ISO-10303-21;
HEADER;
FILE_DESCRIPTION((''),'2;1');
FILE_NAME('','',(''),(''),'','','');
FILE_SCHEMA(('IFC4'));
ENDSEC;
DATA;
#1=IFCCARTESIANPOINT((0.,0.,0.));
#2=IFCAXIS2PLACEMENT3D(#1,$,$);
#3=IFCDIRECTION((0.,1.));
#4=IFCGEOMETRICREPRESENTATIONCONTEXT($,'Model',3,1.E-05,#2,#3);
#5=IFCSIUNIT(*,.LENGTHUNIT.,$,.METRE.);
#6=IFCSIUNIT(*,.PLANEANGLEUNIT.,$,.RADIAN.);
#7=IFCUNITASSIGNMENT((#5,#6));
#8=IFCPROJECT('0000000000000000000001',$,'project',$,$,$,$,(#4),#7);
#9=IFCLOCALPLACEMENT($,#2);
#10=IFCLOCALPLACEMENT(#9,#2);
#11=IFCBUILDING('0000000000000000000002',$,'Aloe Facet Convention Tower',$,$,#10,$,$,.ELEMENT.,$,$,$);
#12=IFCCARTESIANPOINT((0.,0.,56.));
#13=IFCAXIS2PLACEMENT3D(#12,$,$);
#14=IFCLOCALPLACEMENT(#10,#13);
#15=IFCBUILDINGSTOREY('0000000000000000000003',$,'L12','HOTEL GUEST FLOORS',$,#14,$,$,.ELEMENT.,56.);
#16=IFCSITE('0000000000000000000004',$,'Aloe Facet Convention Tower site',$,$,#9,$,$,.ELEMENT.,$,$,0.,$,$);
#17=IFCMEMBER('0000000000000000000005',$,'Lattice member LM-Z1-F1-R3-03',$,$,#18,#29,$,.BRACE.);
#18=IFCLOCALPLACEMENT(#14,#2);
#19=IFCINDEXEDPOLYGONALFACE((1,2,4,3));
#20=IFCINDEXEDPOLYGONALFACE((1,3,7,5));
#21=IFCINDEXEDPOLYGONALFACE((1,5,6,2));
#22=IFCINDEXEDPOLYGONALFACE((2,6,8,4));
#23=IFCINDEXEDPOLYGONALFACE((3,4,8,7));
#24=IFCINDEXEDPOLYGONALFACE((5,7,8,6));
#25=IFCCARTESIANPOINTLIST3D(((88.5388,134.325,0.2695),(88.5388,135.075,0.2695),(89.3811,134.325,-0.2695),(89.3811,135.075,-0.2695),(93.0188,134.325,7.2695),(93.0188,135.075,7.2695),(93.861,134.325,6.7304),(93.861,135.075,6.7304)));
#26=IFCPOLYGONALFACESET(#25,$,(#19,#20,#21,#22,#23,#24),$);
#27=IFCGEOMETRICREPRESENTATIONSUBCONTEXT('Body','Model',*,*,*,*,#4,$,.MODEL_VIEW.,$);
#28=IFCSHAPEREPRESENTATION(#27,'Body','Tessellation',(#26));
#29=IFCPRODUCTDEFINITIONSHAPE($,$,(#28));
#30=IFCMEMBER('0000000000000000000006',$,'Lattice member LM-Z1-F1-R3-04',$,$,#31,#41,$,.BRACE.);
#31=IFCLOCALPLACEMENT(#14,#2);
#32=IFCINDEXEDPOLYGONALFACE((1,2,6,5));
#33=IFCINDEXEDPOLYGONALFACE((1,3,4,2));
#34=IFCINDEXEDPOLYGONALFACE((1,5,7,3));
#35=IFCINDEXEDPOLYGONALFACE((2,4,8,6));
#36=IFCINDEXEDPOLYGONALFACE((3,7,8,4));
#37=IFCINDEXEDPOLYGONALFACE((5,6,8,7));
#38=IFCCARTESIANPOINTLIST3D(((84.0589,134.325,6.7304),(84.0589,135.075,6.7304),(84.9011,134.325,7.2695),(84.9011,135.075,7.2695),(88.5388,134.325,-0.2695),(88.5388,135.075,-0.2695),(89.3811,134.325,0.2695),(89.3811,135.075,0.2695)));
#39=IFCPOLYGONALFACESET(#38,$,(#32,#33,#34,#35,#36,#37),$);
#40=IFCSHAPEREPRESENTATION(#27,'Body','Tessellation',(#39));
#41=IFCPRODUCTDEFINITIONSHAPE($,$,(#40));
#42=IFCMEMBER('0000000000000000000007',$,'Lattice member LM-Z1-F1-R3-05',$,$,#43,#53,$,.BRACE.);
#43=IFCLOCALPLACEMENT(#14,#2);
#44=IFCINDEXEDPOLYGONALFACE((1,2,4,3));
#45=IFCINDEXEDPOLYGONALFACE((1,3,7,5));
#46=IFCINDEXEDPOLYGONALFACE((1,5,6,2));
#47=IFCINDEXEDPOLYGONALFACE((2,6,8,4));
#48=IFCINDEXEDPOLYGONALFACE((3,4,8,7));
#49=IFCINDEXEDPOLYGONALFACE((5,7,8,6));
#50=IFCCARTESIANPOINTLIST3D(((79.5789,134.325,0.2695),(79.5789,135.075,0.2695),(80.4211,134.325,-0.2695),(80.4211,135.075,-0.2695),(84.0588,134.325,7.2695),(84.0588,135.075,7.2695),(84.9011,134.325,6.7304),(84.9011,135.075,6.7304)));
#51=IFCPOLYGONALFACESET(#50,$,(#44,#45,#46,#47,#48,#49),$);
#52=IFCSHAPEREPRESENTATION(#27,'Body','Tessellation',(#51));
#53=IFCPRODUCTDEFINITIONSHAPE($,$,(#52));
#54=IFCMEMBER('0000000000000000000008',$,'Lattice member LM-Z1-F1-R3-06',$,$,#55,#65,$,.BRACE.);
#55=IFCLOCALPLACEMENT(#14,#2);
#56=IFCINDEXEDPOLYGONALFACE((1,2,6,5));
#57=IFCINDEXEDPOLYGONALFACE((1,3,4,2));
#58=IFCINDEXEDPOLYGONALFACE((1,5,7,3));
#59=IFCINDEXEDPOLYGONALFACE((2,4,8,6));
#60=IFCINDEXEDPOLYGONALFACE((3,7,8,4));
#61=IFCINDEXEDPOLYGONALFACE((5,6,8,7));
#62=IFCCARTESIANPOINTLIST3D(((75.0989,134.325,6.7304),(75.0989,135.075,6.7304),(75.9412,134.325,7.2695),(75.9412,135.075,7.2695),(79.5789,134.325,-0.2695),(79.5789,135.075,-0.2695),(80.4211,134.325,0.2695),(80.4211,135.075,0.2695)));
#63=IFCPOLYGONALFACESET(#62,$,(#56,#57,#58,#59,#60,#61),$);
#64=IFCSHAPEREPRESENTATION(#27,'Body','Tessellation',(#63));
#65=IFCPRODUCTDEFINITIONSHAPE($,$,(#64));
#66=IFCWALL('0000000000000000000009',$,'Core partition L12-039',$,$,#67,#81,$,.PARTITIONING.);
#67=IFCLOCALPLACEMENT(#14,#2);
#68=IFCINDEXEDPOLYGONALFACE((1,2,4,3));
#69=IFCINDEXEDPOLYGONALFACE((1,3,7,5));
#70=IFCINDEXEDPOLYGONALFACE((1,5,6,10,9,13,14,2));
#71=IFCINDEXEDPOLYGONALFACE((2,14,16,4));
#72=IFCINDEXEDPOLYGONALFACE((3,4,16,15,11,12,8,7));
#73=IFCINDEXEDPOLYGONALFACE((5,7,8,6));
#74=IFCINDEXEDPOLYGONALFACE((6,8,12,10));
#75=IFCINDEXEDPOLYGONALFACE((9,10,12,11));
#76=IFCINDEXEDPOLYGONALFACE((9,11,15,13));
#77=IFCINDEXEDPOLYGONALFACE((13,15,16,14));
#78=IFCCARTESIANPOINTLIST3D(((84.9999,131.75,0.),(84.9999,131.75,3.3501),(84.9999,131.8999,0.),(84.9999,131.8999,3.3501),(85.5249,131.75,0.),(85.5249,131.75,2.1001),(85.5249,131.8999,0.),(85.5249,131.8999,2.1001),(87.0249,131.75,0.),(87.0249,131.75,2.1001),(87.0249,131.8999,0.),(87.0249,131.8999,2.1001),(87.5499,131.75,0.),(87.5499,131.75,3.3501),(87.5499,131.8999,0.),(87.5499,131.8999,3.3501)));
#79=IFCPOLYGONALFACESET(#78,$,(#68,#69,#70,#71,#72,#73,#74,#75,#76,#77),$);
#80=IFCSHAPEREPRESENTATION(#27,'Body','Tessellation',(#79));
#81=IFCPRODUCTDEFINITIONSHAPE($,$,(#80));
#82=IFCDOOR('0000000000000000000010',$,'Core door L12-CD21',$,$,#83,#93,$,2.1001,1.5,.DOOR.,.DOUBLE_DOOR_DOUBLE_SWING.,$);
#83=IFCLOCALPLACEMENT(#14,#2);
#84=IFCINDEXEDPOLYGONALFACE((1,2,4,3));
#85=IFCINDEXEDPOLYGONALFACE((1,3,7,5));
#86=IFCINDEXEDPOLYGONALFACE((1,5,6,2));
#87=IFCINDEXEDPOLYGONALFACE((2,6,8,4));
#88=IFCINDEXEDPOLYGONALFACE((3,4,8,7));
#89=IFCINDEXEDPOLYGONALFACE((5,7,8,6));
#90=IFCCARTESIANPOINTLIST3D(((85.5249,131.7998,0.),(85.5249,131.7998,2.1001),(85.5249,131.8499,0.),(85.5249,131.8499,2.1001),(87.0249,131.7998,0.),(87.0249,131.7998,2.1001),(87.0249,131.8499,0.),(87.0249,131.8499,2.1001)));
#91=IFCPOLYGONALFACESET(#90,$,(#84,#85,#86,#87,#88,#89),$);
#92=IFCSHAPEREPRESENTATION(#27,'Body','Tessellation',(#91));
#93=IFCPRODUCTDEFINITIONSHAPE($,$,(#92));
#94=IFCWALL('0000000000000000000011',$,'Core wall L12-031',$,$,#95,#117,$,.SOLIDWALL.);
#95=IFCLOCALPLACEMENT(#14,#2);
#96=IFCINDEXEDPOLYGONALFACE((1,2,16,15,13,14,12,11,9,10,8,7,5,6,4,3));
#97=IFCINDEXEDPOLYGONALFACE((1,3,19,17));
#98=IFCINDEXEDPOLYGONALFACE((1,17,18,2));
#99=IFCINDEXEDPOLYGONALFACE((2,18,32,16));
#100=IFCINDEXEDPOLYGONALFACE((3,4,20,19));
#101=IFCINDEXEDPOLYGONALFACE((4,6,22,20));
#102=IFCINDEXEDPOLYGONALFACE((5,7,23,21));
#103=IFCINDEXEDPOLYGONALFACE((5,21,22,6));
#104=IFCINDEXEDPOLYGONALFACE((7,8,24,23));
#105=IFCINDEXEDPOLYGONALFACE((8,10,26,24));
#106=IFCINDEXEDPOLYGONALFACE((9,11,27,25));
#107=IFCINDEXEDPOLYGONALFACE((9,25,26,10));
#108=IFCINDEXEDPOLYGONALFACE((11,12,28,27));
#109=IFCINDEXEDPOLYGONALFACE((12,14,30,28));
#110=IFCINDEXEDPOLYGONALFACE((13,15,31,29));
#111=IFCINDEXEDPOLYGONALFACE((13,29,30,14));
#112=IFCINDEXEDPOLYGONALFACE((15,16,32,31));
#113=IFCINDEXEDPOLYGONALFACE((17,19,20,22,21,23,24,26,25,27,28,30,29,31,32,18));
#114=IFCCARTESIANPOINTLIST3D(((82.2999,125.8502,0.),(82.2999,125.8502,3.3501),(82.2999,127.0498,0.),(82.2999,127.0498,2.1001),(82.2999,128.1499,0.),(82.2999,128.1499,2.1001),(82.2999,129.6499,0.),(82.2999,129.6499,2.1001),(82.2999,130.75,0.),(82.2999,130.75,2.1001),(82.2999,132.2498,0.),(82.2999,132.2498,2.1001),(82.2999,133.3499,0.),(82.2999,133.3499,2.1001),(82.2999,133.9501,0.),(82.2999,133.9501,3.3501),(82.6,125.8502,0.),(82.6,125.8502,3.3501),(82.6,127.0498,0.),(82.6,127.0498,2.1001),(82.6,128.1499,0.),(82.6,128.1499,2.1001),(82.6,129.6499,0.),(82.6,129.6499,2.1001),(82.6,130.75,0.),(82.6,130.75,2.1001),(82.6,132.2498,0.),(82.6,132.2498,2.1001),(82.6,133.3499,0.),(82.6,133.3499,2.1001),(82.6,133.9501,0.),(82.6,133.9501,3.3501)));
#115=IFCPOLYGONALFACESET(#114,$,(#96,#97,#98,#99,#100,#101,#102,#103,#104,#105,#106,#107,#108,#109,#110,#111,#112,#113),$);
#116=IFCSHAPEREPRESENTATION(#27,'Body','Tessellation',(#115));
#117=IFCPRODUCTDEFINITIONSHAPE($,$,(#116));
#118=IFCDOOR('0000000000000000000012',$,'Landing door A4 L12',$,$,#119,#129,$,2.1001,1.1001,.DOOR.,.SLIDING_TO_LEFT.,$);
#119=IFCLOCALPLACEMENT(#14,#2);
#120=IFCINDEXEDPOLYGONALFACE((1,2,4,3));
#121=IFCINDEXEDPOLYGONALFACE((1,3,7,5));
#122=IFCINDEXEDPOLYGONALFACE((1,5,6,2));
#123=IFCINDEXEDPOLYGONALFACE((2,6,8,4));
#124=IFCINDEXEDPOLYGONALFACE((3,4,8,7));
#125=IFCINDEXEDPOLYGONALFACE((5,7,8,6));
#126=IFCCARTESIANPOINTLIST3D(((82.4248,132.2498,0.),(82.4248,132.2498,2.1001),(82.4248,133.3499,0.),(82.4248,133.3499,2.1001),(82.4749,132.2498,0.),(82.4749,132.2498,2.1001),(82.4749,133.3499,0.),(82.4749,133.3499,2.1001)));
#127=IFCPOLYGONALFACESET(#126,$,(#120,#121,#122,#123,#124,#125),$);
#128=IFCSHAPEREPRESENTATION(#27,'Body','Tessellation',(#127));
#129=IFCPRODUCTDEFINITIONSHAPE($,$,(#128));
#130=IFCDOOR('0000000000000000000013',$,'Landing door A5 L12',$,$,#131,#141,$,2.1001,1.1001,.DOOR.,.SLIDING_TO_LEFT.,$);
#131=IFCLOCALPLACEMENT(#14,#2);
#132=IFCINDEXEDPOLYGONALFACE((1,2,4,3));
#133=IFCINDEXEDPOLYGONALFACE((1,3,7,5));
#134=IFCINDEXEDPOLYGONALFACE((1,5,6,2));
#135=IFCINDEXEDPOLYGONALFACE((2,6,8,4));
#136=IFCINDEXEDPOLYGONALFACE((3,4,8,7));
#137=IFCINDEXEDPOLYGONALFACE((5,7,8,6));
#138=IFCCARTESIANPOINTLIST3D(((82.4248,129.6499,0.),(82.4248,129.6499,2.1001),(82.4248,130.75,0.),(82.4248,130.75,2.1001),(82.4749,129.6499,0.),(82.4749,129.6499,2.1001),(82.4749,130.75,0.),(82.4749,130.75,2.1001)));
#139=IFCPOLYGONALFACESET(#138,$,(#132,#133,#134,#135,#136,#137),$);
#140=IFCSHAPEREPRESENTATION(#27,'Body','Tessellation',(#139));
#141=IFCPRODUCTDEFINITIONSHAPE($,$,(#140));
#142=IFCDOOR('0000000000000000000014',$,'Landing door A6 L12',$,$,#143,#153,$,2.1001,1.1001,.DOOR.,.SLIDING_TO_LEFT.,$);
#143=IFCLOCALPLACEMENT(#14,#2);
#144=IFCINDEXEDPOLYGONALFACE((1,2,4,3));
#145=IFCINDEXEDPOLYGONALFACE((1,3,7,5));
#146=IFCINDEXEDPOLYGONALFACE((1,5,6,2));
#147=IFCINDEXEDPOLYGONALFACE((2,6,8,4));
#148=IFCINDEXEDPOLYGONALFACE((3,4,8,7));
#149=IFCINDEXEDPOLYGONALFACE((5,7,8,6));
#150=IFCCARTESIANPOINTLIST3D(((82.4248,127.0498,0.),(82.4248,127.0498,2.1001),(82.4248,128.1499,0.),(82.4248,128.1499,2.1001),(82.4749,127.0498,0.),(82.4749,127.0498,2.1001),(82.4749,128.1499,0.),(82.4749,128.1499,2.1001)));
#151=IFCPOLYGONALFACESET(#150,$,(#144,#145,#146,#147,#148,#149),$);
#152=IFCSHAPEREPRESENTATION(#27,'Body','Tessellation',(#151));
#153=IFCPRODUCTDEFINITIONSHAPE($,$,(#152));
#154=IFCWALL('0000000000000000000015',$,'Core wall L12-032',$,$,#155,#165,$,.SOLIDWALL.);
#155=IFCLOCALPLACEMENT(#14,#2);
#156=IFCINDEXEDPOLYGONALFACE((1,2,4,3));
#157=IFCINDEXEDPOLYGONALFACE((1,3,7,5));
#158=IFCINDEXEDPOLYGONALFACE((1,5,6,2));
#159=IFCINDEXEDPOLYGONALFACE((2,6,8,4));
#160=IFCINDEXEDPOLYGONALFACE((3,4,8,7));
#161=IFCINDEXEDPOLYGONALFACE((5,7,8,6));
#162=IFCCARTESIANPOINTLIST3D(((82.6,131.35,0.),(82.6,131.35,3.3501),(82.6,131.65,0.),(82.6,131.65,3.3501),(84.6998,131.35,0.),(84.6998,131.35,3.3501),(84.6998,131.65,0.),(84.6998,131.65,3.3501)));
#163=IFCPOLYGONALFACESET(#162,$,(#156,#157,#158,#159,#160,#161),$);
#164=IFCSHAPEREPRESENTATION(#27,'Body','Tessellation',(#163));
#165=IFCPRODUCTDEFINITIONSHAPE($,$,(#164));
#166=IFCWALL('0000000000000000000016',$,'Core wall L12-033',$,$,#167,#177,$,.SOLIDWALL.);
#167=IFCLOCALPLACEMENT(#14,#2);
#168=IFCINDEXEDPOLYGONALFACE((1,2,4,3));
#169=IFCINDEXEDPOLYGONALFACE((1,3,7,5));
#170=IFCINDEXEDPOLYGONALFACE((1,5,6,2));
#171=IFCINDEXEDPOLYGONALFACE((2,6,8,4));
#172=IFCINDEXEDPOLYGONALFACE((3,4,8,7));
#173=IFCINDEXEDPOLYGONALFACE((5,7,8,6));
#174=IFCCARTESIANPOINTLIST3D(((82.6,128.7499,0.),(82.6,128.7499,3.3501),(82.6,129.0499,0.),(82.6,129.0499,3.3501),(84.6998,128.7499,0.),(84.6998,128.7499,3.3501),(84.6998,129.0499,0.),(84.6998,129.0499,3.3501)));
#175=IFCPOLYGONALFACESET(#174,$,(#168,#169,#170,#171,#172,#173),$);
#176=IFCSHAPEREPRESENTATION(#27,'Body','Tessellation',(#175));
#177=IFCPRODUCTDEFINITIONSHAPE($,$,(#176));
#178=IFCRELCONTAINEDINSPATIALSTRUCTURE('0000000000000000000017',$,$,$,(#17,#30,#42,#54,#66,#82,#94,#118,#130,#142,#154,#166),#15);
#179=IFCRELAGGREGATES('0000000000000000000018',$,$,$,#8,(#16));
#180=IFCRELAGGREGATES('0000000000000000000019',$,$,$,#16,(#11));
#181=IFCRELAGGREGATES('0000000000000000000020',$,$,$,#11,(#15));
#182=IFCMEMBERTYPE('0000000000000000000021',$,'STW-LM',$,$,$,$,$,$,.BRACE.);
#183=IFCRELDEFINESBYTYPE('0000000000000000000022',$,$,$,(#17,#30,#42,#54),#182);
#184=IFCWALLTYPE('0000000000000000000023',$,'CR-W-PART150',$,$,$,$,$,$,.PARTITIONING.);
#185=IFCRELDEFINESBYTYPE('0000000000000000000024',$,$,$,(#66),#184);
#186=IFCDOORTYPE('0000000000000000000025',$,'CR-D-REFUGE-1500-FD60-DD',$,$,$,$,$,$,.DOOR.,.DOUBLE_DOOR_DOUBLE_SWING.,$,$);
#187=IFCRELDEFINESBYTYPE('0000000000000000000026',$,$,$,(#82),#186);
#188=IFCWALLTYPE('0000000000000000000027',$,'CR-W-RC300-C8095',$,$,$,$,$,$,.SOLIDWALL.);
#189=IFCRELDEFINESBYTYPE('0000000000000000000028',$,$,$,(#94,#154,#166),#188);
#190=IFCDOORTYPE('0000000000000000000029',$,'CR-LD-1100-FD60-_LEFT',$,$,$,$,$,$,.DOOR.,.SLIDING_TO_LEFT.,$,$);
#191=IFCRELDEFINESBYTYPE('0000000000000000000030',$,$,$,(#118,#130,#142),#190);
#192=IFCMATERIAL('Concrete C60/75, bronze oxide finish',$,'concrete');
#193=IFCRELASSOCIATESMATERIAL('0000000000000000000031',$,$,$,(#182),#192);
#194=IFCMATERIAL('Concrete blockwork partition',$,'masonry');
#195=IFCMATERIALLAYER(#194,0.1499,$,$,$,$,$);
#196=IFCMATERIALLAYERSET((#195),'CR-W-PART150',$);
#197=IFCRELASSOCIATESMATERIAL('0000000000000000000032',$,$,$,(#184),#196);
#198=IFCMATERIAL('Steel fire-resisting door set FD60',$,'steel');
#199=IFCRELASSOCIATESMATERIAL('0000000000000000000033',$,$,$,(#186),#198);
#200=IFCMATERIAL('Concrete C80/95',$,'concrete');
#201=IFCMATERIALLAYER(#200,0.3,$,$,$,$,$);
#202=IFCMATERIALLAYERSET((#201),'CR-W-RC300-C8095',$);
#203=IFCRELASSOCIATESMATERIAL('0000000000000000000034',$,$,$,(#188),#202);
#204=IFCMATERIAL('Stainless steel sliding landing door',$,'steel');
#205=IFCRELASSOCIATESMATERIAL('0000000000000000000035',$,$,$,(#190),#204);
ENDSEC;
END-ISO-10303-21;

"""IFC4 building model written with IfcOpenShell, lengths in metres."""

from ifc_helpers import new_model, si_unit, direction, frame, frame_2d, origin, origin_2d, place, context, subcontext, project, spatial, rectangle, extrude, material, layer, layer_set, material_profile, profile_set, type_object, element, fill, save


model = new_model("IFC4")

# Units and contexts
model_context = context("Model", 3, precision=1e-05, world=origin(), true_north=direction((0.0, 1.0)))
body_context = subcontext(model_context, "Body", "Model", "MODEL_VIEW")
ifc_project = project(units=[si_unit("LENGTHUNIT", "METRE"), si_unit("PLANEANGLEUNIT", "RADIAN")], contexts=[model_context])

# Site, building, storey
site_placement = place(None, origin())
site = spatial("IfcSite", under=ifc_project, at=site_placement, Name="Aloe Facet Convention Tower site", CompositionType="ELEMENT", RefElevation=0.0)
building_placement = place(site_placement, origin())
building = spatial("IfcBuilding", under=site, at=building_placement, Name="Aloe Facet Convention Tower", CompositionType="ELEMENT")
storey_placement = place(building_placement, frame((0.0, 0.0, 56.0)))
storey = spatial("IfcBuildingStorey", under=building, at=storey_placement, Name="L12", Description="HOTEL GUEST FLOORS", CompositionType="ELEMENT", Elevation=56.0)

# Members
ifc_material_1 = material(Name="Concrete C60/75, bronze oxide finish", Category="concrete")
ifc_material_profile = material_profile(ifc_material_1, rectangle(XDim=0.75, YDim=1.0, at=origin_2d()), Name="STW-LM")
ifc_profile_set = profile_set([ifc_material_profile], Name="Concrete C60/75, bronze oxide finish")
member_type = type_object("IfcMemberType", Name="STW-LM", PredefinedType="BRACE", material=ifc_profile_set)
for number, where, z_axis, x_axis, name in (
    (1, (88.96, 134.7, 0.0), (0.539052, 0.0, 0.842272), (0.0, 1.0, 0.0), "Lattice member LM-Z1-F1-R3-03"),
    (2, (88.96, 134.7, 0.0), (-0.539052, 0.0, 0.842272), (0.0, -1.0, 0.0), "Lattice member LM-Z1-F1-R3-04"),
    (3, (80.0, 134.7, 0.0), (0.539052, 0.0, 0.842272), (0.0, 1.0, 0.0), "Lattice member LM-Z1-F1-R3-05"),
    (4, (80.0, 134.7, 0.0), (-0.539052, 0.0, 0.842272), (0.0, -1.0, 0.0), "Lattice member LM-Z1-F1-R3-06"),
):
    element("IfcMember", number, at=place(storey_placement, frame(where, z_axis=z_axis, x_axis=x_axis)), inside=storey, type_object=member_type, Name=name, PredefinedType="BRACE", context=body_context, shape_type="SweptSolid", body=[
        extrude(rectangle(XDim=0.75, YDim=1.0, at=origin_2d()), origin(), (0.0, 0.0, 1.0), 8.3108),
    ])

# Wall, opening, door
ifc_material_2 = material(Name="Concrete blockwork partition", Category="masonry")
ifc_layer_1 = layer(ifc_material_2, 0.1499)
ifc_layer_set_1 = layer_set([ifc_layer_1], Name="CR-W-PART150")
wall_type_1 = type_object("IfcWallType", Name="CR-W-PART150", PredefinedType="PARTITIONING", material=ifc_layer_set_1)
wall_1_placement = place(storey_placement, frame((85.0, 131.825, 0.0), z_axis=(0.0, 0.0, 1.0), x_axis=(1.0, 0.0, 0.0)))
wall_1 = element("IfcWall", 5, at=wall_1_placement, inside=storey, type_object=wall_type_1, Name="Core partition L12-039", PredefinedType="PARTITIONING", context=body_context, shape_type="SweptSolid", body=[
    extrude(rectangle(XDim=2.55, YDim=0.1499, at=frame_2d((1.2749, 0.0))), origin(), (0.0, 0.0, 1.0), 3.3501),
])
opening_1_placement = place(wall_1_placement, frame((0.5249, 0.0, 0.0)))
opening_1 = element("IfcOpeningElement", 6, at=opening_1_placement, cuts=wall_1, PredefinedType="OPENING", context=body_context, shape_type="SweptSolid", body=[
    extrude(rectangle(XDim=1.5, YDim=2.1001, at=frame_2d((0.75, 1.05))), frame((0.0, 0.085, 0.0), z_axis=(0.0, -1.0, 0.0), x_axis=(1.0, 0.0, 0.0)), (0.0, 0.0, 1.0), 0.1699),
])
ifc_material_3 = material(Name="Steel fire-resisting door set FD60", Category="steel")
door_type_1 = type_object("IfcDoorType", Name="CR-D-REFUGE-1500-FD60-DD", OperationType="DOUBLE_DOOR_DOUBLE_SWING", PredefinedType="DOOR", material=ifc_material_3)
door_1_placement = place(opening_1_placement, origin())
door_1 = element("IfcDoor", 7, at=door_1_placement, inside=storey, type_object=door_type_1, Name="Core door L12-CD21", OperationType="DOUBLE_DOOR_DOUBLE_SWING", OverallHeight=2.1001, OverallWidth=1.5, PredefinedType="DOOR", context=body_context, shape_type="SweptSolid", body=[
    extrude(rectangle(XDim=1.5, YDim=2.1001, at=frame_2d((0.75, 1.05))), frame((0.0, 0.0249, 0.0), z_axis=(0.0, -1.0, 0.0), x_axis=(1.0, 0.0, 0.0)), (0.0, 0.0, 1.0), 0.05),
])
fill(opening_1, door_1)

# Wall, openings, doors
ifc_material_4 = material(Name="Concrete C80/95", Category="concrete")
ifc_layer_2 = layer(ifc_material_4, 0.3)
ifc_layer_set_2 = layer_set([ifc_layer_2], Name="CR-W-RC300-C8095")
wall_type_2 = type_object("IfcWallType", Name="CR-W-RC300-C8095", PredefinedType="SOLIDWALL", material=ifc_layer_set_2)
wall_2_placement = place(storey_placement, frame((82.45, 133.95, 0.0), z_axis=(0.0, 0.0, 1.0), x_axis=(0.0, -1.0, 0.0)))
wall_2 = element("IfcWall", 8, at=wall_2_placement, inside=storey, type_object=wall_type_2, Name="Core wall L12-031", PredefinedType="SOLIDWALL", context=body_context, shape_type="SweptSolid", body=[
    extrude(rectangle(XDim=8.0999, YDim=0.3, at=frame_2d((4.0498, 0.0))), origin(), (0.0, 0.0, 1.0), 3.3501),
])
opening_2_placement = place(wall_2_placement, frame((0.6001, 0.0, 0.0)))
opening_2 = element("IfcOpeningElement", 9, at=opening_2_placement, cuts=wall_2, PredefinedType="OPENING", context=body_context, shape_type="SweptSolid", body=[
    extrude(rectangle(XDim=1.1001, YDim=2.1001, at=frame_2d((0.55, 1.05))), frame((0.0, 0.1602, 0.0), z_axis=(0.0, -1.0, 0.0), x_axis=(1.0, 0.0, 0.0)), (0.0, 0.0, 1.0), 0.3201),
])
opening_3_placement = place(wall_2_placement, frame((3.2, 0.0, 0.0)))
opening_3 = element("IfcOpeningElement", 10, at=opening_3_placement, cuts=wall_2, PredefinedType="OPENING", context=body_context, shape_type="SweptSolid", body=[
    extrude(rectangle(XDim=1.1001, YDim=2.1001, at=frame_2d((0.55, 1.05))), frame((0.0, 0.1602, 0.0), z_axis=(0.0, -1.0, 0.0), x_axis=(1.0, 0.0, 0.0)), (0.0, 0.0, 1.0), 0.3201),
])
opening_4_placement = place(wall_2_placement, frame((5.8, 0.0, 0.0)))
opening_4 = element("IfcOpeningElement", 11, at=opening_4_placement, cuts=wall_2, PredefinedType="OPENING", context=body_context, shape_type="SweptSolid", body=[
    extrude(rectangle(XDim=1.1001, YDim=2.1001, at=frame_2d((0.55, 1.05))), frame((0.0, 0.1602, 0.0), z_axis=(0.0, -1.0, 0.0), x_axis=(1.0, 0.0, 0.0)), (0.0, 0.0, 1.0), 0.3201),
])
ifc_material_5 = material(Name="Stainless steel sliding landing door", Category="steel")
door_type_2 = type_object("IfcDoorType", Name="CR-LD-1100-FD60-_LEFT", OperationType="SLIDING_TO_LEFT", PredefinedType="DOOR", material=ifc_material_5)
door_2_placement = place(opening_2_placement, origin())
door_2 = element("IfcDoor", 12, at=door_2_placement, inside=storey, type_object=door_type_2, Name="Landing door A4 L12", OperationType="SLIDING_TO_LEFT", OverallHeight=2.1001, OverallWidth=1.1001, PredefinedType="DOOR", context=body_context, shape_type="SweptSolid", body=[
    extrude(rectangle(XDim=1.1001, YDim=2.1001, at=frame_2d((0.55, 1.05))), frame((0.0, 0.0249, 0.0), z_axis=(0.0, -1.0, 0.0), x_axis=(1.0, 0.0, 0.0)), (0.0, 0.0, 1.0), 0.05),
])
fill(opening_2, door_2)
door_3_placement = place(opening_3_placement, origin())
door_3 = element("IfcDoor", 13, at=door_3_placement, inside=storey, type_object=door_type_2, Name="Landing door A5 L12", OperationType="SLIDING_TO_LEFT", OverallHeight=2.1001, OverallWidth=1.1001, PredefinedType="DOOR", context=body_context, shape_type="SweptSolid", body=[
    extrude(rectangle(XDim=1.1001, YDim=2.1001, at=frame_2d((0.55, 1.05))), frame((0.0, 0.0249, 0.0), z_axis=(0.0, -1.0, 0.0), x_axis=(1.0, 0.0, 0.0)), (0.0, 0.0, 1.0), 0.05),
])
fill(opening_3, door_3)
door_4_placement = place(opening_4_placement, origin())
door_4 = element("IfcDoor", 14, at=door_4_placement, inside=storey, type_object=door_type_2, Name="Landing door A6 L12", OperationType="SLIDING_TO_LEFT", OverallHeight=2.1001, OverallWidth=1.1001, PredefinedType="DOOR", context=body_context, shape_type="SweptSolid", body=[
    extrude(rectangle(XDim=1.1001, YDim=2.1001, at=frame_2d((0.55, 1.05))), frame((0.0, 0.0249, 0.0), z_axis=(0.0, -1.0, 0.0), x_axis=(1.0, 0.0, 0.0)), (0.0, 0.0, 1.0), 0.05),
])
fill(opening_4, door_4)

# Walls
for number, where, z_axis, x_axis, name in (
    (15, (82.6001, 131.5, 0.0), (0.0, 0.0, 1.0), (1.0, 0.0, 0.0), "Core wall L12-032"),
    (16, (82.6001, 128.8999, 0.0), (0.0, 0.0, 1.0), (1.0, 0.0, 0.0), "Core wall L12-033"),
):
    element("IfcWall", number, at=place(storey_placement, frame(where, z_axis=z_axis, x_axis=x_axis)), inside=storey, type_object=wall_type_2, Name=name, PredefinedType="SOLIDWALL", context=body_context, shape_type="SweptSolid", body=[
        extrude(rectangle(XDim=2.0999, YDim=0.3, at=frame_2d((1.0498, 0.0))), origin(), (0.0, 0.0, 1.0), 3.3501),
    ])

save(model, "model.ifc")
